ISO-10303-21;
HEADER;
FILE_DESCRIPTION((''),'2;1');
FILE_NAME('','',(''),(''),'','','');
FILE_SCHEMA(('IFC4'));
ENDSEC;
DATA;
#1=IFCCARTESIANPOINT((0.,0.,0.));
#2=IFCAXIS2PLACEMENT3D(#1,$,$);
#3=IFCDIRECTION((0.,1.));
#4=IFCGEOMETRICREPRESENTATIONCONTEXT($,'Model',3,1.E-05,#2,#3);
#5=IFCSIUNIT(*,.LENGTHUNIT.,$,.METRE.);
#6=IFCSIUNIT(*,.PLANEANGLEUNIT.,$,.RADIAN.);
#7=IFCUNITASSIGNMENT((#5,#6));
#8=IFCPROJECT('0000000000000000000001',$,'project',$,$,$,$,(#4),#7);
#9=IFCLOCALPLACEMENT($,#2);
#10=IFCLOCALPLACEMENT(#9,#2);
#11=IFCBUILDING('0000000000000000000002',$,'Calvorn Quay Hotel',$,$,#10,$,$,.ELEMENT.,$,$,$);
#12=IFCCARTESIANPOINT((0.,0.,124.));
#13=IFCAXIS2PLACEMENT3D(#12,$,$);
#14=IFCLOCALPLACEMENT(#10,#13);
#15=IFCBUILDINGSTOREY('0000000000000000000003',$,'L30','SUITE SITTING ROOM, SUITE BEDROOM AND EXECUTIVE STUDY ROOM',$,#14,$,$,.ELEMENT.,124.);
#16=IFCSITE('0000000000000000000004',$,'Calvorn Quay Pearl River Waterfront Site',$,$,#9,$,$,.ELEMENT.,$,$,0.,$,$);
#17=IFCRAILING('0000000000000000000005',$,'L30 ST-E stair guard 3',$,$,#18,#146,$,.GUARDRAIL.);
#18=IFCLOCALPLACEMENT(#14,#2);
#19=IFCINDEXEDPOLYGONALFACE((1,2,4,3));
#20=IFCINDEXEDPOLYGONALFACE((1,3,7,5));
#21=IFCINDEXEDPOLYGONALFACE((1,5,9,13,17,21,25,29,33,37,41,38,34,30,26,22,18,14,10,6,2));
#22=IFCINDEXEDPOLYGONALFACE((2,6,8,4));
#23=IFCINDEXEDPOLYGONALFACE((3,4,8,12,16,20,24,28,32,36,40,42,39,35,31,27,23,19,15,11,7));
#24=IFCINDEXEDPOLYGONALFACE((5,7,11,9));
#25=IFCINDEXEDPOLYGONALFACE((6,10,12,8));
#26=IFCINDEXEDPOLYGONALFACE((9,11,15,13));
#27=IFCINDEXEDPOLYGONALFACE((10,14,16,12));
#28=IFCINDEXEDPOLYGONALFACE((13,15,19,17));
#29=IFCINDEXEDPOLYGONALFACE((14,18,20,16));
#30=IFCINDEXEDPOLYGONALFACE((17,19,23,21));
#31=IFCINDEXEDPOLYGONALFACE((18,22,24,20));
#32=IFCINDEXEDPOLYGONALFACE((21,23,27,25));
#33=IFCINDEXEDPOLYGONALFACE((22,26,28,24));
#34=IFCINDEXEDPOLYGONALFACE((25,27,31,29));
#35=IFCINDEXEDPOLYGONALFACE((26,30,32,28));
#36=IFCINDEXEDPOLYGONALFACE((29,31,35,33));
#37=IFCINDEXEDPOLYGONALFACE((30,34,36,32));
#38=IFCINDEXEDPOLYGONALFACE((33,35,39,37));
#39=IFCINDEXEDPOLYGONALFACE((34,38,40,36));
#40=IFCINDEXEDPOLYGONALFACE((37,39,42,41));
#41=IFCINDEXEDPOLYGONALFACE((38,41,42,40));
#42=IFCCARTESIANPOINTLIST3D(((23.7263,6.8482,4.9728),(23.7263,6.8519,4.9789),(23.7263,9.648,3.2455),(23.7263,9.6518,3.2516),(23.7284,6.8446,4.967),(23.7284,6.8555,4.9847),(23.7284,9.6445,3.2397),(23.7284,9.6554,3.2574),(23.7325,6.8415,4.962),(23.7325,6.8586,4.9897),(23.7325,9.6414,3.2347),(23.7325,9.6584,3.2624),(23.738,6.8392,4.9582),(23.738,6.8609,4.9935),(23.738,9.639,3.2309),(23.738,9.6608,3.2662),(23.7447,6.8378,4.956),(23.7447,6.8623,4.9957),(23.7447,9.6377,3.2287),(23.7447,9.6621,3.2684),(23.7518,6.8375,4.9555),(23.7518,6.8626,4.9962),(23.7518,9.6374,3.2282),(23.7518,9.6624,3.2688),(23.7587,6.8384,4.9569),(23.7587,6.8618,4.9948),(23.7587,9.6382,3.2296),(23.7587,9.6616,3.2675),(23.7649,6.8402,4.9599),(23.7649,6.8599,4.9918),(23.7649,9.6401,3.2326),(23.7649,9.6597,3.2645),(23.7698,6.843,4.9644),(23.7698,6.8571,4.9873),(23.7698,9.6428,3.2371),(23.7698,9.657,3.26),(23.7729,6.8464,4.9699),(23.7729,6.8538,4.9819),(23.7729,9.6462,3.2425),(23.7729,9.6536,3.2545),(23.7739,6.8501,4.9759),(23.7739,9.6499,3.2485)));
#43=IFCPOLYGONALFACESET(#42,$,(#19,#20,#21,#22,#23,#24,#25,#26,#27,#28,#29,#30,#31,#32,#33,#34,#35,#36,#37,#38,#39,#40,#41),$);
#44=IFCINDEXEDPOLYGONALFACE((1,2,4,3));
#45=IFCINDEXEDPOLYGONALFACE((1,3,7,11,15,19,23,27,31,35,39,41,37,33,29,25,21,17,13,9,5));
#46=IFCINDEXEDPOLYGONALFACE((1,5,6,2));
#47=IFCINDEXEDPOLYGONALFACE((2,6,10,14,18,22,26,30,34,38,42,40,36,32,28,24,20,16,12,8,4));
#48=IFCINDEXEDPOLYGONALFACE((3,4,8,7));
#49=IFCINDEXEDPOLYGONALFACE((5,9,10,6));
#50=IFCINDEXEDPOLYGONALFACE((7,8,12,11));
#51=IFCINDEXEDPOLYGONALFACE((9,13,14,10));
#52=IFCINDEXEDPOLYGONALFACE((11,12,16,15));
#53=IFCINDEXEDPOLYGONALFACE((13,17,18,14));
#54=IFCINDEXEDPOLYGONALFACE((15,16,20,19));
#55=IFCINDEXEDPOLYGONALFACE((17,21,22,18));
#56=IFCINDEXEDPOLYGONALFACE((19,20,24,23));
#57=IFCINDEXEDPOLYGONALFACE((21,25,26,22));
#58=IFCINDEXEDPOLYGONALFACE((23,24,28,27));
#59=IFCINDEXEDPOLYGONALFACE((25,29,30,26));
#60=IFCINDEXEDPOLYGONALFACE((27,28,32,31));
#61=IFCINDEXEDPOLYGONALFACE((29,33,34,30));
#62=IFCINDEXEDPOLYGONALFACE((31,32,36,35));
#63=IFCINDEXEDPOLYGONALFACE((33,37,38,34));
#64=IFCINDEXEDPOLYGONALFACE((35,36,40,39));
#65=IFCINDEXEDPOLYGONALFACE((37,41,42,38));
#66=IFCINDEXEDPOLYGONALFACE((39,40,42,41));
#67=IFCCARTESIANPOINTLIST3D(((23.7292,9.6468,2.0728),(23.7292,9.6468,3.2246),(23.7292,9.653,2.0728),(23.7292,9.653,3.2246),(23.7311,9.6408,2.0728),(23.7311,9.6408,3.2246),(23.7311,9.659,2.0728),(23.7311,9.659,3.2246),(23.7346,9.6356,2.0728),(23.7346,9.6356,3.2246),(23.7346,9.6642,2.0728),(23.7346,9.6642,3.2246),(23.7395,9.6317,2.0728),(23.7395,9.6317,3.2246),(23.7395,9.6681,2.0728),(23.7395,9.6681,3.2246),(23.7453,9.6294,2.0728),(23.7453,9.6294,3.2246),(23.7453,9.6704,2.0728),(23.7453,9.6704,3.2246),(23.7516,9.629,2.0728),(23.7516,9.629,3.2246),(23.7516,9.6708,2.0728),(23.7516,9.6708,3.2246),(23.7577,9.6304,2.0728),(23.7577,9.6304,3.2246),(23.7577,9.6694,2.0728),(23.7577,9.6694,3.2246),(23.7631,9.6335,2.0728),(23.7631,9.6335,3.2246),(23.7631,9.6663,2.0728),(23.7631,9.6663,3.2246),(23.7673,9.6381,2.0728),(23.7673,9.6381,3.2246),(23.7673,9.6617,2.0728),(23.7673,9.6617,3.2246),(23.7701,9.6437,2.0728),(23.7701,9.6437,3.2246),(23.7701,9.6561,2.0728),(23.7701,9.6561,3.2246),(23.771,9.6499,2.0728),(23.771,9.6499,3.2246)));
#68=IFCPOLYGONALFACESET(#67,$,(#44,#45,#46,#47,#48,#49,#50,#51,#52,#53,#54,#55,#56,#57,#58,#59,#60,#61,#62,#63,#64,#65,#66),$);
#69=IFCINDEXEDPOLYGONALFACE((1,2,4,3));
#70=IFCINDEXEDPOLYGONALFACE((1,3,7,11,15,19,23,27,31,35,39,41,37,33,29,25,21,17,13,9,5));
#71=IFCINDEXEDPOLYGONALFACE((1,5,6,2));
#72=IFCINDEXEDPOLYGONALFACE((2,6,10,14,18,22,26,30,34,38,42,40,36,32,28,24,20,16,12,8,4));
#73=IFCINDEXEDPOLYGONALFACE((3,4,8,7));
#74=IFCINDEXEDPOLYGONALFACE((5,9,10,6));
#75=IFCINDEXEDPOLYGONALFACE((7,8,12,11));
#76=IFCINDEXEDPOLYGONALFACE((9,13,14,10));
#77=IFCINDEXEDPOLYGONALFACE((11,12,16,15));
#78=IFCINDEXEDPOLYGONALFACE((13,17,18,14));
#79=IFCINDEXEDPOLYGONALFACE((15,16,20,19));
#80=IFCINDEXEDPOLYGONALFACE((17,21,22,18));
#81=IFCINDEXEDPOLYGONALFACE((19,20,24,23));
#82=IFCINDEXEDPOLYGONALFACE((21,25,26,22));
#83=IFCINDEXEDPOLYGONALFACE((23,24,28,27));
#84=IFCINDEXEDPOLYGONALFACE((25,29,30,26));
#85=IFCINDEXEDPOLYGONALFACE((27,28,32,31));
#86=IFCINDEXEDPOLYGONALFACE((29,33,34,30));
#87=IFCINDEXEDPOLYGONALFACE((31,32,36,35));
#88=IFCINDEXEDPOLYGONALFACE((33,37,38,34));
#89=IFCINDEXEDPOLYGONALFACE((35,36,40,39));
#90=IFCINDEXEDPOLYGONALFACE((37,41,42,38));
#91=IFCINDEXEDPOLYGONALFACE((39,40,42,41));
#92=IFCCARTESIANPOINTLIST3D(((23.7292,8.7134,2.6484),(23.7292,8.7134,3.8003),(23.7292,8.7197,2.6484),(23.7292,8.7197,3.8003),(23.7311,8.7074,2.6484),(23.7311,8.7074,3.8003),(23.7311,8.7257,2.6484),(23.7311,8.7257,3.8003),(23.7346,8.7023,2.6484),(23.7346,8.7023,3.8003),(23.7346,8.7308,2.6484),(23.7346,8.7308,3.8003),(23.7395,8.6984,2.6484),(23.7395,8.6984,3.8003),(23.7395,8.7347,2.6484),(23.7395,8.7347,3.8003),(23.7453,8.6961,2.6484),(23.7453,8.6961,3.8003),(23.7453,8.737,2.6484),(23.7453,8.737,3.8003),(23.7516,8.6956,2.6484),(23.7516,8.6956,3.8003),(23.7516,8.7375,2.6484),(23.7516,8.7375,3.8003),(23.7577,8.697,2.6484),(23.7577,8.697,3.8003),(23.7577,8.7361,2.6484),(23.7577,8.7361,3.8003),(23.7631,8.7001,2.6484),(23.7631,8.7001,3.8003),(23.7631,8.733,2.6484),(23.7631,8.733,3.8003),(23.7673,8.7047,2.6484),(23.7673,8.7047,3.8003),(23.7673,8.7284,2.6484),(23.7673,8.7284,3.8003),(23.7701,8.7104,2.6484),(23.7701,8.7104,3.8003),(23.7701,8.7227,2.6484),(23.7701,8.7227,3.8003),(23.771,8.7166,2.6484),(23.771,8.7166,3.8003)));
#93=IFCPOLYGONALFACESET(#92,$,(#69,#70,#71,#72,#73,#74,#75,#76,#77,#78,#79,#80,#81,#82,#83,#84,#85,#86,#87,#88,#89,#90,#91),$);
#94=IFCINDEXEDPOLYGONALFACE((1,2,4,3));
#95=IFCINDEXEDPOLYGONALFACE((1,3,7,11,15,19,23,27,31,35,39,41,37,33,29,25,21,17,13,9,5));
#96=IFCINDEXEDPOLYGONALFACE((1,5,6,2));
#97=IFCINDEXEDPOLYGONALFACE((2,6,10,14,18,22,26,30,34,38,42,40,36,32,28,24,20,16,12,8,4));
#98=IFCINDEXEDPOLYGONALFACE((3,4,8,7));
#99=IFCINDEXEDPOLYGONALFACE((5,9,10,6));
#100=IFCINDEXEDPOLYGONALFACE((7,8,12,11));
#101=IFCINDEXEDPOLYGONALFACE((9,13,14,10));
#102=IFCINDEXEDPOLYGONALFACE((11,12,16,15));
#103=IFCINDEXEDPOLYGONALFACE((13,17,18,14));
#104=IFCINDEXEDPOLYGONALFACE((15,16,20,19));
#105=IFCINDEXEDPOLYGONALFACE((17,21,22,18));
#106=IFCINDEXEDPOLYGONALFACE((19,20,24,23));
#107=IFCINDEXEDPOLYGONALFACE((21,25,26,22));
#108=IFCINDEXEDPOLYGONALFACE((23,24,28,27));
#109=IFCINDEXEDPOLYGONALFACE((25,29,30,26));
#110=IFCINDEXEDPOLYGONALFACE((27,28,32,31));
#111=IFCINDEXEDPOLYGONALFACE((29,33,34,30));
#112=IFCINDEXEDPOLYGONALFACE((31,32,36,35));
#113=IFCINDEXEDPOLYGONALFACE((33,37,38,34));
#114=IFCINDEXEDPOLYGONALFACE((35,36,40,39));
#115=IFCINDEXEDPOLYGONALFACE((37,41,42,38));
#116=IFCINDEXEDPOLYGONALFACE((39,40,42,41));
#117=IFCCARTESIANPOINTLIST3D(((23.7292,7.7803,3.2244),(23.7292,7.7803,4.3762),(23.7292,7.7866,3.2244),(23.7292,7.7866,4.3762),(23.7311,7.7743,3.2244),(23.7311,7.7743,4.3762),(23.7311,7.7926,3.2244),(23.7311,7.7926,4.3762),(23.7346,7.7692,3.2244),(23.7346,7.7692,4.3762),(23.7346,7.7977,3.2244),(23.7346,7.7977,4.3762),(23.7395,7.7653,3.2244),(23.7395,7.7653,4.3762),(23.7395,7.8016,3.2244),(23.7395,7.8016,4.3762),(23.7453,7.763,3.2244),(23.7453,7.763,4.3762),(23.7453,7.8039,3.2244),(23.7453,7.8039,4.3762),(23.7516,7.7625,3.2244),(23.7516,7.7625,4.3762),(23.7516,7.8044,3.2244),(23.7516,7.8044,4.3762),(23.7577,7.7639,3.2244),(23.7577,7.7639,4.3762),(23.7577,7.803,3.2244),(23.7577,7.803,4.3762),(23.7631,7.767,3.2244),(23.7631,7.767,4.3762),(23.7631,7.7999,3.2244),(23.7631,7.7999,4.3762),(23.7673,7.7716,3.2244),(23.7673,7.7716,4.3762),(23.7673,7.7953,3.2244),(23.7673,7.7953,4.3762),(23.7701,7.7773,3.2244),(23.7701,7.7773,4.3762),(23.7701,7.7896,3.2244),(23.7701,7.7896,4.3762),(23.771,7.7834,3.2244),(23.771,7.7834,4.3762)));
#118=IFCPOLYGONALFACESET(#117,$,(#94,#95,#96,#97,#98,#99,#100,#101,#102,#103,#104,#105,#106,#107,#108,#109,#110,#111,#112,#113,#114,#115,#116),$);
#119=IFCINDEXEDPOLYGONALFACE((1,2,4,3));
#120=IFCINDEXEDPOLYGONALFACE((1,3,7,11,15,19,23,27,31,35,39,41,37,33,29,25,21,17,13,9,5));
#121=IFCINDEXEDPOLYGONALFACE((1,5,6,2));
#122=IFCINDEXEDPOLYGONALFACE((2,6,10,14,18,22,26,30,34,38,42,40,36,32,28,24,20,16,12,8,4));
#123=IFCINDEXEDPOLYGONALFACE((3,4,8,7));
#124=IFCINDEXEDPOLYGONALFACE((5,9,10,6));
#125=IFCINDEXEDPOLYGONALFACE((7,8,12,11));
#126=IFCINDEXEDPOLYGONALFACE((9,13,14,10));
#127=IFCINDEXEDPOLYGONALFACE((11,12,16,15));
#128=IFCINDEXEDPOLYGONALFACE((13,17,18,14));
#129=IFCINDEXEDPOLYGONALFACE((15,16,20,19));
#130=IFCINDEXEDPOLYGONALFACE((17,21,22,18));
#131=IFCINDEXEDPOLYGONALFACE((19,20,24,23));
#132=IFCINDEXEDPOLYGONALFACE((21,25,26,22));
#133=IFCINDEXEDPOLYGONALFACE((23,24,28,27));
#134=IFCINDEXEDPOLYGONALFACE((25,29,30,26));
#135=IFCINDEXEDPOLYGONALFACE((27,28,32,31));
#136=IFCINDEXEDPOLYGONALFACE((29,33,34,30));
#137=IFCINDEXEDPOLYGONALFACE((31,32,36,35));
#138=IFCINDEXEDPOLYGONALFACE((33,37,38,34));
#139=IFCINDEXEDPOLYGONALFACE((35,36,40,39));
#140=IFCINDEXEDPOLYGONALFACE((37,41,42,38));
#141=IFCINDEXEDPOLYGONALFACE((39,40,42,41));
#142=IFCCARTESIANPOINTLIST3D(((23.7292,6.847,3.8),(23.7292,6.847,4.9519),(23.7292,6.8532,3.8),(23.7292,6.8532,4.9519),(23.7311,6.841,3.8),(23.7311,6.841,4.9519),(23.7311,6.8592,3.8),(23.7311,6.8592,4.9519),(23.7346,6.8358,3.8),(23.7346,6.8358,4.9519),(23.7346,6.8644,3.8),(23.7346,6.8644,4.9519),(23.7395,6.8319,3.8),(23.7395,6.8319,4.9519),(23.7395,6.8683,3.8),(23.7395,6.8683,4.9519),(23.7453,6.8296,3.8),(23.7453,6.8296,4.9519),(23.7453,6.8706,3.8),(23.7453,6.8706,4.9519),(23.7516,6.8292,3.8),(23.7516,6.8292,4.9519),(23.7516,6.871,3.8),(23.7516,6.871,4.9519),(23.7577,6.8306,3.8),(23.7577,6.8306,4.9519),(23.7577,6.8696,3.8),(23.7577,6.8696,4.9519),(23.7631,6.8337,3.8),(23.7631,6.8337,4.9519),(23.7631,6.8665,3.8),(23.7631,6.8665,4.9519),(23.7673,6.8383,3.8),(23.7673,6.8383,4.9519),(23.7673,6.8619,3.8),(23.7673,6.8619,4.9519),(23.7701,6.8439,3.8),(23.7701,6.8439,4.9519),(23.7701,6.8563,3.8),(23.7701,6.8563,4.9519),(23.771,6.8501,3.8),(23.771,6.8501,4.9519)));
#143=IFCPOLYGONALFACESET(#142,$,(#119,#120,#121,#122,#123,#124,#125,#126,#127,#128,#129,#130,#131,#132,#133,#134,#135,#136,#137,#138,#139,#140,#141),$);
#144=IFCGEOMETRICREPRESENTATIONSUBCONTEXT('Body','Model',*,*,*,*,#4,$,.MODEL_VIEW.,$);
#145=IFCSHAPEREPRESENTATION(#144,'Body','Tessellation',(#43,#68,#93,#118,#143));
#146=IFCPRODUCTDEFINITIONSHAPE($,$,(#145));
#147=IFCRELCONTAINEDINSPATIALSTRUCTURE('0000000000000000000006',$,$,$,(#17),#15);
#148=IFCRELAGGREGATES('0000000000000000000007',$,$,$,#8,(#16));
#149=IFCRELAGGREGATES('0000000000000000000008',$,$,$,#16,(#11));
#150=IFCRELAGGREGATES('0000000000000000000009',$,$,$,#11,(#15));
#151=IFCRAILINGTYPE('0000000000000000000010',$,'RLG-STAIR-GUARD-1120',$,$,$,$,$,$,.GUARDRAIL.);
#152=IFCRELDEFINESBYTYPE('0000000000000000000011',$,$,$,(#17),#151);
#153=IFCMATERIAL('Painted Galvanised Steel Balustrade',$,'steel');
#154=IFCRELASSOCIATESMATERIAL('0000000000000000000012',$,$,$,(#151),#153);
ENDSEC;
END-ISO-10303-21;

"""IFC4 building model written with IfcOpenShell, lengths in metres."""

from ifc_helpers import new_model, si_unit, direction, frame, origin, origin_2d, place, context, subcontext, project, spatial, circle, extrude, material, type_object, element, save


model = new_model("IFC4")

# Units and contexts
model_context = context("Model", 3, precision=1e-05, world=origin(), true_north=direction((0.0, 1.0)))
body_context = subcontext(model_context, "Body", "Model", "MODEL_VIEW")
ifc_project = project(units=[si_unit("LENGTHUNIT", "METRE"), si_unit("PLANEANGLEUNIT", "RADIAN")], contexts=[model_context])

# Site, building, storey
site_placement = place(None, origin())
site = spatial("IfcSite", under=ifc_project, at=site_placement, Name="Calvorn Quay Pearl River Waterfront Site", CompositionType="ELEMENT", RefElevation=0.0)
building_placement = place(site_placement, origin())
building = spatial("IfcBuilding", under=site, at=building_placement, Name="Calvorn Quay Hotel", CompositionType="ELEMENT")
storey_placement = place(building_placement, frame((0.0, 0.0, 124.0)))
storey = spatial("IfcBuildingStorey", under=building, at=storey_placement, Name="L30", Description="SUITE SITTING ROOM, SUITE BEDROOM AND EXECUTIVE STUDY ROOM", CompositionType="ELEMENT", Elevation=124.0)

# Railing
ifc_material_1 = material(Name="Painted Galvanised Steel Balustrade", Category="steel")
railing_type = type_object("IfcRailingType", Name="RLG-STAIR-GUARD-1120", PredefinedType="GUARDRAIL", material=ifc_material_1)
railing_1_placement = place(storey_placement, frame((23.75, 9.6499, 2.0728)))
element("IfcRailing", 1, at=railing_1_placement, inside=storey, type_object=railing_type, Name="L30 ST-E stair guard 3", PredefinedType="GUARDRAIL", context=body_context, shape_type="SweptSolid", body=[
    extrude(circle(Radius=0.0239, at=origin_2d()), frame((0.0, 0.0, 1.1758), z_axis=(0.0, -0.851069, 0.525054), x_axis=(1.0, 0.0, 0.0)), (0.0, 0.0, 1.0), 3.2898),
    extrude(circle(Radius=0.021, at=origin_2d()), origin(), (0.0, 0.0, 1.0), 1.1519),
    extrude(circle(Radius=0.021, at=origin_2d()), frame((0.0, -0.9333, 0.5757)), (0.0, 0.0, 1.0), 1.1519),
    extrude(circle(Radius=0.021, at=origin_2d()), frame((0.0, -1.8665, 1.1516)), (0.0, 0.0, 1.0), 1.1519),
    extrude(circle(Radius=0.021, at=origin_2d()), frame((0.0, -2.7998, 1.7273)), (0.0, 0.0, 1.0), 1.1519),
])

save(model, "model.ifc")
